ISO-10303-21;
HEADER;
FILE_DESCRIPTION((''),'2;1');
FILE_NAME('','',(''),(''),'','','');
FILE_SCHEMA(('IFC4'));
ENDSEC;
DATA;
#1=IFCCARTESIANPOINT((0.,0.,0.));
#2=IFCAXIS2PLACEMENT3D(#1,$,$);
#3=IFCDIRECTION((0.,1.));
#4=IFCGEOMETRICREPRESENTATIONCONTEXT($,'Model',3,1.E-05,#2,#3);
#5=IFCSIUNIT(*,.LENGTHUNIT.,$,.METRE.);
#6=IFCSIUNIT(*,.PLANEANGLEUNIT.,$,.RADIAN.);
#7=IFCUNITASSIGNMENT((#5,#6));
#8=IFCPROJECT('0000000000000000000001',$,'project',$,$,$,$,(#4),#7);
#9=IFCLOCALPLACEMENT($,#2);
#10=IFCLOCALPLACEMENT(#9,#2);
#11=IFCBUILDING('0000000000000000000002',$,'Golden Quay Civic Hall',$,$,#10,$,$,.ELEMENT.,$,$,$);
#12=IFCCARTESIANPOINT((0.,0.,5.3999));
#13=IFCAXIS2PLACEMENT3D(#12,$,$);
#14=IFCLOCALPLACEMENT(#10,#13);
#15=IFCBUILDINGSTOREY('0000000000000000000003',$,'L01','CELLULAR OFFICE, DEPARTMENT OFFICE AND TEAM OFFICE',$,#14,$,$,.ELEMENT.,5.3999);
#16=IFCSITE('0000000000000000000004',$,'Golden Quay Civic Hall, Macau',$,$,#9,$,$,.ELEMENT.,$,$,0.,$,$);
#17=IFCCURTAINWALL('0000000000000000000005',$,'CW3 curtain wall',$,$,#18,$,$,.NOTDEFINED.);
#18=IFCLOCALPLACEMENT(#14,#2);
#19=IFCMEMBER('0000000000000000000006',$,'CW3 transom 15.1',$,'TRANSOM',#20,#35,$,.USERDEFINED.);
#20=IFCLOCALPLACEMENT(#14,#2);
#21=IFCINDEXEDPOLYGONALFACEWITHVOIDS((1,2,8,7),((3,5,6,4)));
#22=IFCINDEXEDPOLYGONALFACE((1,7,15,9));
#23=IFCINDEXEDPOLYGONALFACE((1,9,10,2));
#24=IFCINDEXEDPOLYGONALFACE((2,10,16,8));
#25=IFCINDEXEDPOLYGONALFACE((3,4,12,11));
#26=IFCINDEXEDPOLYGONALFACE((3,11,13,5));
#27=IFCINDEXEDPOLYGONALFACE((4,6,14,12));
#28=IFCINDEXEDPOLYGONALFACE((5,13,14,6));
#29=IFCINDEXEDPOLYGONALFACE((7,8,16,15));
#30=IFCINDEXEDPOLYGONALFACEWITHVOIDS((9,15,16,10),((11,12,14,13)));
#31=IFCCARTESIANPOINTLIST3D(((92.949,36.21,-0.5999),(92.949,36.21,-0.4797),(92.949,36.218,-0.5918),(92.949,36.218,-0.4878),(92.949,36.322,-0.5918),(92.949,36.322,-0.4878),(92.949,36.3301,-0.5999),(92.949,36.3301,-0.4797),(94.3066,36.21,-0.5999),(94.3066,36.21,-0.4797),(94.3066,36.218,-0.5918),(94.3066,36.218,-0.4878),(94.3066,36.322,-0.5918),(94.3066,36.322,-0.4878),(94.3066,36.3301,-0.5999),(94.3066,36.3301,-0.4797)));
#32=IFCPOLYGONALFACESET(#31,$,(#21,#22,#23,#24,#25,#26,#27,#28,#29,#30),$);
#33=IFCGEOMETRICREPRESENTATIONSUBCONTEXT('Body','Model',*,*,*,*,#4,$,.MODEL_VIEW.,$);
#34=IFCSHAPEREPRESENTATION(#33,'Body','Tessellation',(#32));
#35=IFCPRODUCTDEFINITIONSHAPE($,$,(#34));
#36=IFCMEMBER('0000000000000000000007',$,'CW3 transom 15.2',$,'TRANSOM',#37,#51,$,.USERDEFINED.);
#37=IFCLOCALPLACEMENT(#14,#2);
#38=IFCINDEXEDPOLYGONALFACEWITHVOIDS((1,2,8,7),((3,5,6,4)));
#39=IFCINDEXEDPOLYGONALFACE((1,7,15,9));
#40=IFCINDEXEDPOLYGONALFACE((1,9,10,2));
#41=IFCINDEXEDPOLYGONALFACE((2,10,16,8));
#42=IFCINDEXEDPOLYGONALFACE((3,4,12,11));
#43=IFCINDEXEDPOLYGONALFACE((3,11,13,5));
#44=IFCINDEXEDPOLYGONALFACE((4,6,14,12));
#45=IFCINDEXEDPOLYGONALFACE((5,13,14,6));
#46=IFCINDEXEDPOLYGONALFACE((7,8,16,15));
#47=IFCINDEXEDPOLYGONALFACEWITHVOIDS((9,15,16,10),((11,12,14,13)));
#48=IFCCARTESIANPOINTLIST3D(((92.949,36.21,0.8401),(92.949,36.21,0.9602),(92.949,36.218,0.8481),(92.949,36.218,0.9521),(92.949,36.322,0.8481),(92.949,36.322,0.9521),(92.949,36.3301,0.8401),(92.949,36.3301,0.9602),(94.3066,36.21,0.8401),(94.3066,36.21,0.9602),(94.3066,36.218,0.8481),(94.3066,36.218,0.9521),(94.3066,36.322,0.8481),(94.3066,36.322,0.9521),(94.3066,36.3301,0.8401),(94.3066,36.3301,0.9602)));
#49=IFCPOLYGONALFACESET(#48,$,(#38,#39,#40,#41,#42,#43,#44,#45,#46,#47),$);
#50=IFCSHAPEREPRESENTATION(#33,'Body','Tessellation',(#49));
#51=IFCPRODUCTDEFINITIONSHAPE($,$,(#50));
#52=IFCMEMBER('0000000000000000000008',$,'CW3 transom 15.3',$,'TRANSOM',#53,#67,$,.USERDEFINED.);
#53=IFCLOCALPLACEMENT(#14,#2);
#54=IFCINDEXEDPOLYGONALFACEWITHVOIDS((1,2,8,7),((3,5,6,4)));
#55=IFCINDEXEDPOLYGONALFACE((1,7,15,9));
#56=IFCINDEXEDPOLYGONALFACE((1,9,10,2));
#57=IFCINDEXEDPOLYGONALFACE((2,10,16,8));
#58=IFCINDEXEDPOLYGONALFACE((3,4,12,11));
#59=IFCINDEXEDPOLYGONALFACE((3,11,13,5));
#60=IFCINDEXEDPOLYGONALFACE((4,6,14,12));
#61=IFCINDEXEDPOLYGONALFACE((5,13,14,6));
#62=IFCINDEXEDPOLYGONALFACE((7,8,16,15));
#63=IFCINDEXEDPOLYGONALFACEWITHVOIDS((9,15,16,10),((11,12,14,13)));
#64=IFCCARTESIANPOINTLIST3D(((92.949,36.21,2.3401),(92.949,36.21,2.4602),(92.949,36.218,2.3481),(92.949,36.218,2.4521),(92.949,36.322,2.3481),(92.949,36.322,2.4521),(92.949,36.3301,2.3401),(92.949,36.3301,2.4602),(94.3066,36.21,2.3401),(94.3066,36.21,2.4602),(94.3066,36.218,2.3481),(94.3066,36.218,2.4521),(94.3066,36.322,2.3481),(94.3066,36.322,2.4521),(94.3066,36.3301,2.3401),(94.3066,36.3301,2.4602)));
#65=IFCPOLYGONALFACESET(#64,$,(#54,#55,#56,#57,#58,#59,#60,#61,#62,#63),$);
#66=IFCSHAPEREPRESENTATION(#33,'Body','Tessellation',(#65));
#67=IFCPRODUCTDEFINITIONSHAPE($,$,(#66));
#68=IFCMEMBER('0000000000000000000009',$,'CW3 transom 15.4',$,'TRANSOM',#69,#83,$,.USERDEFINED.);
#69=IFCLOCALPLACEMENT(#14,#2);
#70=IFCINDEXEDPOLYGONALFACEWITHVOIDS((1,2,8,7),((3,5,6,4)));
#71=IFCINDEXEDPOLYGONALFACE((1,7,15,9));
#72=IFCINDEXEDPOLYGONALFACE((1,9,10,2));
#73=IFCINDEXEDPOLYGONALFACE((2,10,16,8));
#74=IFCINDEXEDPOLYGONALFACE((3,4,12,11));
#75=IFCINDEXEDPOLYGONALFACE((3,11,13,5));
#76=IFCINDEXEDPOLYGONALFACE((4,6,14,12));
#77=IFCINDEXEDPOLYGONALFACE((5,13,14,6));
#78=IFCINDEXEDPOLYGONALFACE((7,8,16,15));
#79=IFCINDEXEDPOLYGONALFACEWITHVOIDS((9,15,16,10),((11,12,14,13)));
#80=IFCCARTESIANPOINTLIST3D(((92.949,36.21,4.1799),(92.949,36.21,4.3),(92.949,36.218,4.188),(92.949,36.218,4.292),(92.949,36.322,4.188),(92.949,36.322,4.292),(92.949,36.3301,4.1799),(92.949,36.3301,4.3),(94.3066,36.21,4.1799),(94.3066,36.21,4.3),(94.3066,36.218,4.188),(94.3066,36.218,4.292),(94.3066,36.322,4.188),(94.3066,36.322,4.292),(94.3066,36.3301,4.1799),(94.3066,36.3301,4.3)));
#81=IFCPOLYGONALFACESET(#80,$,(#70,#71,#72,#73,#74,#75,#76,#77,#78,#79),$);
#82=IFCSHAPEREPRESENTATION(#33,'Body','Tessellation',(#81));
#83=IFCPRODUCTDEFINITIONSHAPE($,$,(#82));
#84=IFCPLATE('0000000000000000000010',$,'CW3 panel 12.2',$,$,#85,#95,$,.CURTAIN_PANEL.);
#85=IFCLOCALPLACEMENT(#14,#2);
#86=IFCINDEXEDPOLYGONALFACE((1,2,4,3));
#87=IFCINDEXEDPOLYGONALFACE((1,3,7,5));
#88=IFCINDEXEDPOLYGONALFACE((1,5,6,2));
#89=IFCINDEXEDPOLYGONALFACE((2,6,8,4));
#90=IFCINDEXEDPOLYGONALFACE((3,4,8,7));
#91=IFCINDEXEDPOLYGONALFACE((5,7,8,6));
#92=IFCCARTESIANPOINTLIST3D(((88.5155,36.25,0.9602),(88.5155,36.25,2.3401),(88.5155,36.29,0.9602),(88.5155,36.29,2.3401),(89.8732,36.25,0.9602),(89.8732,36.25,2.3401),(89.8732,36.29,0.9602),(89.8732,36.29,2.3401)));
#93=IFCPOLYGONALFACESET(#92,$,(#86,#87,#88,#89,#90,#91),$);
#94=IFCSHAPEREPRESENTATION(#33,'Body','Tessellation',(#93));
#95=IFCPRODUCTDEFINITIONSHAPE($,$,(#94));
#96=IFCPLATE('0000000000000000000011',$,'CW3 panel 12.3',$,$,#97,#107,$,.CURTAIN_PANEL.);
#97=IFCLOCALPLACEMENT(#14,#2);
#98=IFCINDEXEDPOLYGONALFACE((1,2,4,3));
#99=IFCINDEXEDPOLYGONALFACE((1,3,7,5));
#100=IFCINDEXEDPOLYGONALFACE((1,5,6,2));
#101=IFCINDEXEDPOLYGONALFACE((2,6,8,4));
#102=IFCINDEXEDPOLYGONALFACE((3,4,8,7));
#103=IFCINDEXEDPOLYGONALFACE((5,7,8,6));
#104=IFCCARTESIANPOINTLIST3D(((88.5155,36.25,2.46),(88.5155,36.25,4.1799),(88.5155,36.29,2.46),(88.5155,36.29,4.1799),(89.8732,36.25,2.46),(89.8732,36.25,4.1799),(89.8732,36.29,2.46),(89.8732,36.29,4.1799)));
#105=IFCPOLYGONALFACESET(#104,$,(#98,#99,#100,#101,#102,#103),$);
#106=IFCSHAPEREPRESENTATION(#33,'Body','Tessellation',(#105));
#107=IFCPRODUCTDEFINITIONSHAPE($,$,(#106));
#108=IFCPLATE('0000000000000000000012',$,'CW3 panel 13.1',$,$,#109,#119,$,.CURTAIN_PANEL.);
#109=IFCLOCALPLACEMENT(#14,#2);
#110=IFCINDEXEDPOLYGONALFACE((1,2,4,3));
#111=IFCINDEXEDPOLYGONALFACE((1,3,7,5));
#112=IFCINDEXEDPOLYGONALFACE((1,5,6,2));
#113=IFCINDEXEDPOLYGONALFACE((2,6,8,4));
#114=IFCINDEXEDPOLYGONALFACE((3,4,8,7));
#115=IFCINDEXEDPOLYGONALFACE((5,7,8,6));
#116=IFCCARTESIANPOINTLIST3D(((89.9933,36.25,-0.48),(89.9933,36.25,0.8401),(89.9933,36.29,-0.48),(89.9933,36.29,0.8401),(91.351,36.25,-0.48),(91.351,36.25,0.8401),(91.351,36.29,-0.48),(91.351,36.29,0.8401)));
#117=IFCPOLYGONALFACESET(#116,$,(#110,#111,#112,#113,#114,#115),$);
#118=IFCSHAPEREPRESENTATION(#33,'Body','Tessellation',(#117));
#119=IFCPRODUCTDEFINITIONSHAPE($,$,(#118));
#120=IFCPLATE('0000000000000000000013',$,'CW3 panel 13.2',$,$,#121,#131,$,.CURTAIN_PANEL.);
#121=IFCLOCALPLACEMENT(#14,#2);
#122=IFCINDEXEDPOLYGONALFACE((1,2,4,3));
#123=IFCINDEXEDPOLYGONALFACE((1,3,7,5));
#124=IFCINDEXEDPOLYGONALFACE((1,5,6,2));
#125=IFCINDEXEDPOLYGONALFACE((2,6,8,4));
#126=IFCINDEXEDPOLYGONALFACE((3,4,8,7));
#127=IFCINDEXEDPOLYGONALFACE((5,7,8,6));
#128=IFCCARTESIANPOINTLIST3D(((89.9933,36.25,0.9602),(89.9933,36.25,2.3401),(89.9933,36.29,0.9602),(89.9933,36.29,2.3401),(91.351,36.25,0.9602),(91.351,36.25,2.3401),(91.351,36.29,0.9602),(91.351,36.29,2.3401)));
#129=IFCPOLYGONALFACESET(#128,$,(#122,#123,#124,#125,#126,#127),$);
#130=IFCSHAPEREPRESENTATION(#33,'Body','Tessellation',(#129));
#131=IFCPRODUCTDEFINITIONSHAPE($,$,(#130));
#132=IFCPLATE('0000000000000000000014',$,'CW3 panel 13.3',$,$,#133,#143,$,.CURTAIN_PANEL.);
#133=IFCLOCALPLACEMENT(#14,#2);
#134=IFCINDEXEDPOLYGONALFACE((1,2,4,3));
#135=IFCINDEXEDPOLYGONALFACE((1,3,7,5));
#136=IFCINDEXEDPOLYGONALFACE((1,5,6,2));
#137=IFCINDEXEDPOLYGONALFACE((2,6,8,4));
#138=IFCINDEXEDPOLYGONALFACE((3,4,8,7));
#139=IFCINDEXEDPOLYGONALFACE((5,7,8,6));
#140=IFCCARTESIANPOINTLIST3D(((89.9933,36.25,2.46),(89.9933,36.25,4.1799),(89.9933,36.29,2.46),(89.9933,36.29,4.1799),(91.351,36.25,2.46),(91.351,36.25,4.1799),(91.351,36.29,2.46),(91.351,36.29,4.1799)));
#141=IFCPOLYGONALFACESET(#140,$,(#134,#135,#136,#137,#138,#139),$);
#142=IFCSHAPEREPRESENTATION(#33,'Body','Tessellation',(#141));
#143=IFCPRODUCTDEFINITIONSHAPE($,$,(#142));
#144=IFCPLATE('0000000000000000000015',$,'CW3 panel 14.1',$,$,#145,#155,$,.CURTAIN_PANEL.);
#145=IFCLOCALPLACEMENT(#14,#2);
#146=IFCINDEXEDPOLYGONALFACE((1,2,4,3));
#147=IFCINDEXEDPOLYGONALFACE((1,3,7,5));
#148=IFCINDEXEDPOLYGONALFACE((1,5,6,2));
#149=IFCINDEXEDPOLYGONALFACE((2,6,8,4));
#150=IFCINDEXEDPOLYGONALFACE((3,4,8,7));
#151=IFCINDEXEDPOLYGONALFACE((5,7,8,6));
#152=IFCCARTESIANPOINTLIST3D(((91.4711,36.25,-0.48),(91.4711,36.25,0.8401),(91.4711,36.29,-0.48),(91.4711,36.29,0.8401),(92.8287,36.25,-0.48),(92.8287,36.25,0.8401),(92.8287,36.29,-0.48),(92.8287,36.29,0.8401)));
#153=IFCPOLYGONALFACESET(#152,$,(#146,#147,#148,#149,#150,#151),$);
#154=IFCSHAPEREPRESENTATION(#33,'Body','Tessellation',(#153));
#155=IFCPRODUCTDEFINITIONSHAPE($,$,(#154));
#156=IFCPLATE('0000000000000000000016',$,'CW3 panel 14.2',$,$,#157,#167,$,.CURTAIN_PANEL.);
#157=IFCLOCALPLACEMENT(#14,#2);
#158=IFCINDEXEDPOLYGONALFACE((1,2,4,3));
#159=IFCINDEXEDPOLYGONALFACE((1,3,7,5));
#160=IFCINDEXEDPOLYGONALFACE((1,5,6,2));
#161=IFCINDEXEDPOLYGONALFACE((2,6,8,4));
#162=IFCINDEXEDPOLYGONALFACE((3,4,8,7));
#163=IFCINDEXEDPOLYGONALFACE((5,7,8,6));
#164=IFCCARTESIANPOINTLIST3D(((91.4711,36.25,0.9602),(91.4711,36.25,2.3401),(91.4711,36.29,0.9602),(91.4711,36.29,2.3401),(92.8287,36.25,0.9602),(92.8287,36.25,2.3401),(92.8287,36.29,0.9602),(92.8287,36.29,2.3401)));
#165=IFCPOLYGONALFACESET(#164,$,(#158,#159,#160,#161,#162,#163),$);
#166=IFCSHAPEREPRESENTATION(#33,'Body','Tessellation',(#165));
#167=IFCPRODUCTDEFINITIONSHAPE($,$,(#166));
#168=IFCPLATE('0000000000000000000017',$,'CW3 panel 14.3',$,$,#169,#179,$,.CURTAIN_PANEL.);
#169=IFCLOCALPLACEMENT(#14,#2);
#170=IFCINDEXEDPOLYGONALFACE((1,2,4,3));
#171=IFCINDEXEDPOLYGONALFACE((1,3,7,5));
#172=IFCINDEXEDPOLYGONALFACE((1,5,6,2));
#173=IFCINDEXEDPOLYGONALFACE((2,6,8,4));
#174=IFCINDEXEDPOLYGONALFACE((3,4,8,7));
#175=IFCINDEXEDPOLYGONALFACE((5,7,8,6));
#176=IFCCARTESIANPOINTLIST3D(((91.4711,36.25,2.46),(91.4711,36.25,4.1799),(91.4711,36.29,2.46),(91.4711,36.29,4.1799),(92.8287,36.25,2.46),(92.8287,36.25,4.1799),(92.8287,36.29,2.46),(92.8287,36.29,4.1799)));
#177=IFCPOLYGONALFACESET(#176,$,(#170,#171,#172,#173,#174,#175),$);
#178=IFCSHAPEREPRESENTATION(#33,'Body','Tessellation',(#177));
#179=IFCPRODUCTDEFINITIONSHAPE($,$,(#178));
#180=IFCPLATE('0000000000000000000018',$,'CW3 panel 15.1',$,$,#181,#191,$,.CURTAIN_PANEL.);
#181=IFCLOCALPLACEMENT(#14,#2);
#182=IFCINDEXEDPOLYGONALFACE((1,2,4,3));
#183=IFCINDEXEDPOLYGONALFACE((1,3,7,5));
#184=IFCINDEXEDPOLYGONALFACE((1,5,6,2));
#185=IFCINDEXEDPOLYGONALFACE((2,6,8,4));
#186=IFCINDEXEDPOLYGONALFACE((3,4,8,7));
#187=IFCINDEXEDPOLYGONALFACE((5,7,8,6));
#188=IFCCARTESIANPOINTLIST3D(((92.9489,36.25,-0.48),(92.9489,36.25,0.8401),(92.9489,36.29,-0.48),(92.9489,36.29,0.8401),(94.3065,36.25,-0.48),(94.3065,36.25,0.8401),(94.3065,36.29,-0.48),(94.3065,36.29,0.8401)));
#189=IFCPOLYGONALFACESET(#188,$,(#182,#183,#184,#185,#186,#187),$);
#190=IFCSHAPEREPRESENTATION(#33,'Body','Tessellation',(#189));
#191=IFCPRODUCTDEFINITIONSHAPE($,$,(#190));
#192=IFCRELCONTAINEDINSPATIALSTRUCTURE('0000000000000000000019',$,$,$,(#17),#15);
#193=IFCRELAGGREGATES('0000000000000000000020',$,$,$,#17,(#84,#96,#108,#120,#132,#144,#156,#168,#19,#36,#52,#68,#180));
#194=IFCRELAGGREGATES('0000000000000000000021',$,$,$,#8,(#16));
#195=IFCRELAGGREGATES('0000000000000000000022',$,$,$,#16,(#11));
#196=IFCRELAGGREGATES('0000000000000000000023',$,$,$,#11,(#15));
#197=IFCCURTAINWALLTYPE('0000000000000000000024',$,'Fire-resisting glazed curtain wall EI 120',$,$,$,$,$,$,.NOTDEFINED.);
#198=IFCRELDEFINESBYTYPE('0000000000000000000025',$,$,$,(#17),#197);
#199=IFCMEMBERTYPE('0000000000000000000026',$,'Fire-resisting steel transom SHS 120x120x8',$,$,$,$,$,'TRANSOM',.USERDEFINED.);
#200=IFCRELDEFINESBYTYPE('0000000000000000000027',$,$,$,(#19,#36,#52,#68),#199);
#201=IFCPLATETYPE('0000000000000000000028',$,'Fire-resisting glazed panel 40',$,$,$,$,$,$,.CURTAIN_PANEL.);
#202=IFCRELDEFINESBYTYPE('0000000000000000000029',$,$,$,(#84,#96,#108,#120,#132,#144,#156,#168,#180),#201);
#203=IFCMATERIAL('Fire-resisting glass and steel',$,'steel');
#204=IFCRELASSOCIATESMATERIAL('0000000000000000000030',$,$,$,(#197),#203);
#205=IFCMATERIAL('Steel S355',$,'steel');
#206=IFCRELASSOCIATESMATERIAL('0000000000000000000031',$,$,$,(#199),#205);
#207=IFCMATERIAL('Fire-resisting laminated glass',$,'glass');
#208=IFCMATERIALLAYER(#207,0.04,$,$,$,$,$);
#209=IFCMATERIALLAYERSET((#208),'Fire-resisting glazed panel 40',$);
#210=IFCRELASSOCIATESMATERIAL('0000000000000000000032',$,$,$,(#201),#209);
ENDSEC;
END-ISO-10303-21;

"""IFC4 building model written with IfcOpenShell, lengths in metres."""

from ifc_helpers import new_model, si_unit, direction, frame, origin, origin_2d, place, context, subcontext, project, spatial, rectangle, hollow_rectangle, extrude, material, layer, layer_set, material_profile, profile_set, type_object, element, aggregate, save


model = new_model("IFC4")

# Units and contexts
model_context = context("Model", 3, precision=1e-05, world=origin(), true_north=direction((0.0, 1.0)))
body_context = subcontext(model_context, "Body", "Model", "MODEL_VIEW")
ifc_project = project(units=[si_unit("LENGTHUNIT", "METRE"), si_unit("PLANEANGLEUNIT", "RADIAN")], contexts=[model_context])

# Site, building, storey
site_placement = place(None, origin())
site = spatial("IfcSite", under=ifc_project, at=site_placement, Name="Golden Quay Civic Hall, Macau", CompositionType="ELEMENT", RefElevation=0.0)
building_placement = place(site_placement, origin())
building = spatial("IfcBuilding", under=site, at=building_placement, Name="Golden Quay Civic Hall", CompositionType="ELEMENT")
storey_placement = place(building_placement, frame((0.0, 0.0, 5.3999)))
storey = spatial("IfcBuildingStorey", under=building, at=storey_placement, Name="L01", Description="CELLULAR OFFICE, DEPARTMENT OFFICE AND TEAM OFFICE", CompositionType="ELEMENT", Elevation=5.3999)

# Curtain wall, members, plates
ifc_material_1 = material(Name="Fire-resisting glass and steel", Category="steel")
curtain_wall_type = type_object("IfcCurtainWallType", Name="Fire-resisting glazed curtain wall EI 120", PredefinedType="NOTDEFINED", material=ifc_material_1)
curtain_wall_placement = place(storey_placement, origin())
curtain_wall = element("IfcCurtainWall", 1, at=curtain_wall_placement, inside=storey, type_object=curtain_wall_type, Name="CW3 curtain wall", PredefinedType="NOTDEFINED")
ifc_material_2 = material(Name="Steel S355", Category="steel")
ifc_material_profile_1 = material_profile(ifc_material_2, hollow_rectangle(XDim=0.1201, YDim=0.1201, WallThickness=0.0081, at=origin_2d()), Name="SHS 120x120x8")
ifc_profile_set_1 = profile_set([ifc_material_profile_1], Name="Steel S355")
member_type_1 = type_object("IfcMemberType", Name="Fire-resisting steel transom SHS 120x120x8", ElementType="TRANSOM", PredefinedType="USERDEFINED", material=ifc_profile_set_1)
member_1_placement = place(storey_placement, frame((92.949, 36.27, -0.5398), z_axis=(1.0, 0.0, 0.0), x_axis=(0.0, 1.0, 0.0)))
member_1 = element("IfcMember", 2, at=member_1_placement, type_object=member_type_1, Name="CW3 transom 15.1", ObjectType="TRANSOM", PredefinedType="USERDEFINED", context=body_context, shape_type="SweptSolid", body=[
    extrude(hollow_rectangle(XDim=0.1201, YDim=0.1201, WallThickness=0.0081, at=origin_2d()), origin(), (0.0, 0.0, 1.0), 1.3577),
])
member_2_placement = place(storey_placement, frame((92.949, 36.27, 0.9001), z_axis=(1.0, 0.0, 0.0), x_axis=(0.0, 1.0, 0.0)))
member_2 = element("IfcMember", 3, at=member_2_placement, type_object=member_type_1, Name="CW3 transom 15.2", ObjectType="TRANSOM", PredefinedType="USERDEFINED", context=body_context, shape_type="SweptSolid", body=[
    extrude(hollow_rectangle(XDim=0.1201, YDim=0.1201, WallThickness=0.0081, at=origin_2d()), origin(), (0.0, 0.0, 1.0), 1.3577),
])
member_3_placement = place(storey_placement, frame((92.949, 36.27, 2.4001), z_axis=(1.0, 0.0, 0.0), x_axis=(0.0, 1.0, 0.0)))
member_3 = element("IfcMember", 4, at=member_3_placement, type_object=member_type_1, Name="CW3 transom 15.3", ObjectType="TRANSOM", PredefinedType="USERDEFINED", context=body_context, shape_type="SweptSolid", body=[
    extrude(hollow_rectangle(XDim=0.1201, YDim=0.1201, WallThickness=0.0081, at=origin_2d()), origin(), (0.0, 0.0, 1.0), 1.3577),
])
member_4_placement = place(storey_placement, frame((92.949, 36.27, 4.24), z_axis=(1.0, 0.0, 0.0), x_axis=(0.0, 1.0, 0.0)))
member_4 = element("IfcMember", 5, at=member_4_placement, type_object=member_type_1, Name="CW3 transom 15.4", ObjectType="TRANSOM", PredefinedType="USERDEFINED", context=body_context, shape_type="SweptSolid", body=[
    extrude(hollow_rectangle(XDim=0.1201, YDim=0.1201, WallThickness=0.0081, at=origin_2d()), origin(), (0.0, 0.0, 1.0), 1.3577),
])
ifc_material_3 = material(Name="Fire-resisting laminated glass", Category="glass")
ifc_layer = layer(ifc_material_3, 0.04)
ifc_layer_set = layer_set([ifc_layer], Name="Fire-resisting glazed panel 40")
plate_type = type_object("IfcPlateType", Name="Fire-resisting glazed panel 40", PredefinedType="CURTAIN_PANEL", material=ifc_layer_set)
plate_1_placement = place(storey_placement, frame((89.1943, 36.27, 0.9602), z_axis=(0.0, 0.0, 1.0), x_axis=(1.0, 0.0, 0.0)))
plate_1 = element("IfcPlate", 6, at=plate_1_placement, type_object=plate_type, Name="CW3 panel 12.2", PredefinedType="CURTAIN_PANEL", context=body_context, shape_type="SweptSolid", body=[
    extrude(rectangle(XDim=1.3577, YDim=0.04, at=origin_2d()), origin(), (0.0, 0.0, 1.0), 1.3799),
])
plate_2_placement = place(storey_placement, frame((89.1943, 36.27, 2.46), z_axis=(0.0, 0.0, 1.0), x_axis=(1.0, 0.0, 0.0)))
plate_2 = element("IfcPlate", 7, at=plate_2_placement, type_object=plate_type, Name="CW3 panel 12.3", PredefinedType="CURTAIN_PANEL", context=body_context, shape_type="SweptSolid", body=[
    extrude(rectangle(XDim=1.3577, YDim=0.04, at=origin_2d()), origin(), (0.0, 0.0, 1.0), 1.72),
])
plate_3_placement = place(storey_placement, frame((90.6721, 36.27, -0.48), z_axis=(0.0, 0.0, 1.0), x_axis=(1.0, 0.0, 0.0)))
plate_3 = element("IfcPlate", 8, at=plate_3_placement, type_object=plate_type, Name="CW3 panel 13.1", PredefinedType="CURTAIN_PANEL", context=body_context, shape_type="SweptSolid", body=[
    extrude(rectangle(XDim=1.3577, YDim=0.04, at=origin_2d()), origin(), (0.0, 0.0, 1.0), 1.3201),
])
plate_4_placement = place(storey_placement, frame((90.6721, 36.27, 0.9602), z_axis=(0.0, 0.0, 1.0), x_axis=(1.0, 0.0, 0.0)))
plate_4 = element("IfcPlate", 9, at=plate_4_placement, type_object=plate_type, Name="CW3 panel 13.2", PredefinedType="CURTAIN_PANEL", context=body_context, shape_type="SweptSolid", body=[
    extrude(rectangle(XDim=1.3577, YDim=0.04, at=origin_2d()), origin(), (0.0, 0.0, 1.0), 1.3799),
])
plate_5_placement = place(storey_placement, frame((90.6721, 36.27, 2.46), z_axis=(0.0, 0.0, 1.0), x_axis=(1.0, 0.0, 0.0)))
plate_5 = element("IfcPlate", 10, at=plate_5_placement, type_object=plate_type, Name="CW3 panel 13.3", PredefinedType="CURTAIN_PANEL", context=body_context, shape_type="SweptSolid", body=[
    extrude(rectangle(XDim=1.3577, YDim=0.04, at=origin_2d()), origin(), (0.0, 0.0, 1.0), 1.72),
])
plate_6_placement = place(storey_placement, frame((92.1499, 36.27, -0.48), z_axis=(0.0, 0.0, 1.0), x_axis=(1.0, 0.0, 0.0)))
plate_6 = element("IfcPlate", 11, at=plate_6_placement, type_object=plate_type, Name="CW3 panel 14.1", PredefinedType="CURTAIN_PANEL", context=body_context, shape_type="SweptSolid", body=[
    extrude(rectangle(XDim=1.3577, YDim=0.04, at=origin_2d()), origin(), (0.0, 0.0, 1.0), 1.3201),
])
plate_7_placement = place(storey_placement, frame((92.1499, 36.27, 0.9602), z_axis=(0.0, 0.0, 1.0), x_axis=(1.0, 0.0, 0.0)))
plate_7 = element("IfcPlate", 12, at=plate_7_placement, type_object=plate_type, Name="CW3 panel 14.2", PredefinedType="CURTAIN_PANEL", context=body_context, shape_type="SweptSolid", body=[
    extrude(rectangle(XDim=1.3577, YDim=0.04, at=origin_2d()), origin(), (0.0, 0.0, 1.0), 1.3799),
])
plate_8_placement = place(storey_placement, frame((92.1499, 36.27, 2.46), z_axis=(0.0, 0.0, 1.0), x_axis=(1.0, 0.0, 0.0)))
plate_8 = element("IfcPlate", 13, at=plate_8_placement, type_object=plate_type, Name="CW3 panel 14.3", PredefinedType="CURTAIN_PANEL", context=body_context, shape_type="SweptSolid", body=[
    extrude(rectangle(XDim=1.3577, YDim=0.04, at=origin_2d()), origin(), (0.0, 0.0, 1.0), 1.72),
])
plate_9_placement = place(storey_placement, frame((93.6277, 36.27, -0.48), z_axis=(0.0, 0.0, 1.0), x_axis=(1.0, 0.0, 0.0)))
plate_9 = element("IfcPlate", 14, at=plate_9_placement, type_object=plate_type, Name="CW3 panel 15.1", PredefinedType="CURTAIN_PANEL", context=body_context, shape_type="SweptSolid", body=[
    extrude(rectangle(XDim=1.3577, YDim=0.04, at=origin_2d()), origin(), (0.0, 0.0, 1.0), 1.3201),
])
aggregate(curtain_wall, [plate_1, plate_2, plate_3, plate_4, plate_5, plate_6, plate_7, plate_8, member_1, member_2, member_3, member_4, plate_9])

save(model, "model.ifc")
